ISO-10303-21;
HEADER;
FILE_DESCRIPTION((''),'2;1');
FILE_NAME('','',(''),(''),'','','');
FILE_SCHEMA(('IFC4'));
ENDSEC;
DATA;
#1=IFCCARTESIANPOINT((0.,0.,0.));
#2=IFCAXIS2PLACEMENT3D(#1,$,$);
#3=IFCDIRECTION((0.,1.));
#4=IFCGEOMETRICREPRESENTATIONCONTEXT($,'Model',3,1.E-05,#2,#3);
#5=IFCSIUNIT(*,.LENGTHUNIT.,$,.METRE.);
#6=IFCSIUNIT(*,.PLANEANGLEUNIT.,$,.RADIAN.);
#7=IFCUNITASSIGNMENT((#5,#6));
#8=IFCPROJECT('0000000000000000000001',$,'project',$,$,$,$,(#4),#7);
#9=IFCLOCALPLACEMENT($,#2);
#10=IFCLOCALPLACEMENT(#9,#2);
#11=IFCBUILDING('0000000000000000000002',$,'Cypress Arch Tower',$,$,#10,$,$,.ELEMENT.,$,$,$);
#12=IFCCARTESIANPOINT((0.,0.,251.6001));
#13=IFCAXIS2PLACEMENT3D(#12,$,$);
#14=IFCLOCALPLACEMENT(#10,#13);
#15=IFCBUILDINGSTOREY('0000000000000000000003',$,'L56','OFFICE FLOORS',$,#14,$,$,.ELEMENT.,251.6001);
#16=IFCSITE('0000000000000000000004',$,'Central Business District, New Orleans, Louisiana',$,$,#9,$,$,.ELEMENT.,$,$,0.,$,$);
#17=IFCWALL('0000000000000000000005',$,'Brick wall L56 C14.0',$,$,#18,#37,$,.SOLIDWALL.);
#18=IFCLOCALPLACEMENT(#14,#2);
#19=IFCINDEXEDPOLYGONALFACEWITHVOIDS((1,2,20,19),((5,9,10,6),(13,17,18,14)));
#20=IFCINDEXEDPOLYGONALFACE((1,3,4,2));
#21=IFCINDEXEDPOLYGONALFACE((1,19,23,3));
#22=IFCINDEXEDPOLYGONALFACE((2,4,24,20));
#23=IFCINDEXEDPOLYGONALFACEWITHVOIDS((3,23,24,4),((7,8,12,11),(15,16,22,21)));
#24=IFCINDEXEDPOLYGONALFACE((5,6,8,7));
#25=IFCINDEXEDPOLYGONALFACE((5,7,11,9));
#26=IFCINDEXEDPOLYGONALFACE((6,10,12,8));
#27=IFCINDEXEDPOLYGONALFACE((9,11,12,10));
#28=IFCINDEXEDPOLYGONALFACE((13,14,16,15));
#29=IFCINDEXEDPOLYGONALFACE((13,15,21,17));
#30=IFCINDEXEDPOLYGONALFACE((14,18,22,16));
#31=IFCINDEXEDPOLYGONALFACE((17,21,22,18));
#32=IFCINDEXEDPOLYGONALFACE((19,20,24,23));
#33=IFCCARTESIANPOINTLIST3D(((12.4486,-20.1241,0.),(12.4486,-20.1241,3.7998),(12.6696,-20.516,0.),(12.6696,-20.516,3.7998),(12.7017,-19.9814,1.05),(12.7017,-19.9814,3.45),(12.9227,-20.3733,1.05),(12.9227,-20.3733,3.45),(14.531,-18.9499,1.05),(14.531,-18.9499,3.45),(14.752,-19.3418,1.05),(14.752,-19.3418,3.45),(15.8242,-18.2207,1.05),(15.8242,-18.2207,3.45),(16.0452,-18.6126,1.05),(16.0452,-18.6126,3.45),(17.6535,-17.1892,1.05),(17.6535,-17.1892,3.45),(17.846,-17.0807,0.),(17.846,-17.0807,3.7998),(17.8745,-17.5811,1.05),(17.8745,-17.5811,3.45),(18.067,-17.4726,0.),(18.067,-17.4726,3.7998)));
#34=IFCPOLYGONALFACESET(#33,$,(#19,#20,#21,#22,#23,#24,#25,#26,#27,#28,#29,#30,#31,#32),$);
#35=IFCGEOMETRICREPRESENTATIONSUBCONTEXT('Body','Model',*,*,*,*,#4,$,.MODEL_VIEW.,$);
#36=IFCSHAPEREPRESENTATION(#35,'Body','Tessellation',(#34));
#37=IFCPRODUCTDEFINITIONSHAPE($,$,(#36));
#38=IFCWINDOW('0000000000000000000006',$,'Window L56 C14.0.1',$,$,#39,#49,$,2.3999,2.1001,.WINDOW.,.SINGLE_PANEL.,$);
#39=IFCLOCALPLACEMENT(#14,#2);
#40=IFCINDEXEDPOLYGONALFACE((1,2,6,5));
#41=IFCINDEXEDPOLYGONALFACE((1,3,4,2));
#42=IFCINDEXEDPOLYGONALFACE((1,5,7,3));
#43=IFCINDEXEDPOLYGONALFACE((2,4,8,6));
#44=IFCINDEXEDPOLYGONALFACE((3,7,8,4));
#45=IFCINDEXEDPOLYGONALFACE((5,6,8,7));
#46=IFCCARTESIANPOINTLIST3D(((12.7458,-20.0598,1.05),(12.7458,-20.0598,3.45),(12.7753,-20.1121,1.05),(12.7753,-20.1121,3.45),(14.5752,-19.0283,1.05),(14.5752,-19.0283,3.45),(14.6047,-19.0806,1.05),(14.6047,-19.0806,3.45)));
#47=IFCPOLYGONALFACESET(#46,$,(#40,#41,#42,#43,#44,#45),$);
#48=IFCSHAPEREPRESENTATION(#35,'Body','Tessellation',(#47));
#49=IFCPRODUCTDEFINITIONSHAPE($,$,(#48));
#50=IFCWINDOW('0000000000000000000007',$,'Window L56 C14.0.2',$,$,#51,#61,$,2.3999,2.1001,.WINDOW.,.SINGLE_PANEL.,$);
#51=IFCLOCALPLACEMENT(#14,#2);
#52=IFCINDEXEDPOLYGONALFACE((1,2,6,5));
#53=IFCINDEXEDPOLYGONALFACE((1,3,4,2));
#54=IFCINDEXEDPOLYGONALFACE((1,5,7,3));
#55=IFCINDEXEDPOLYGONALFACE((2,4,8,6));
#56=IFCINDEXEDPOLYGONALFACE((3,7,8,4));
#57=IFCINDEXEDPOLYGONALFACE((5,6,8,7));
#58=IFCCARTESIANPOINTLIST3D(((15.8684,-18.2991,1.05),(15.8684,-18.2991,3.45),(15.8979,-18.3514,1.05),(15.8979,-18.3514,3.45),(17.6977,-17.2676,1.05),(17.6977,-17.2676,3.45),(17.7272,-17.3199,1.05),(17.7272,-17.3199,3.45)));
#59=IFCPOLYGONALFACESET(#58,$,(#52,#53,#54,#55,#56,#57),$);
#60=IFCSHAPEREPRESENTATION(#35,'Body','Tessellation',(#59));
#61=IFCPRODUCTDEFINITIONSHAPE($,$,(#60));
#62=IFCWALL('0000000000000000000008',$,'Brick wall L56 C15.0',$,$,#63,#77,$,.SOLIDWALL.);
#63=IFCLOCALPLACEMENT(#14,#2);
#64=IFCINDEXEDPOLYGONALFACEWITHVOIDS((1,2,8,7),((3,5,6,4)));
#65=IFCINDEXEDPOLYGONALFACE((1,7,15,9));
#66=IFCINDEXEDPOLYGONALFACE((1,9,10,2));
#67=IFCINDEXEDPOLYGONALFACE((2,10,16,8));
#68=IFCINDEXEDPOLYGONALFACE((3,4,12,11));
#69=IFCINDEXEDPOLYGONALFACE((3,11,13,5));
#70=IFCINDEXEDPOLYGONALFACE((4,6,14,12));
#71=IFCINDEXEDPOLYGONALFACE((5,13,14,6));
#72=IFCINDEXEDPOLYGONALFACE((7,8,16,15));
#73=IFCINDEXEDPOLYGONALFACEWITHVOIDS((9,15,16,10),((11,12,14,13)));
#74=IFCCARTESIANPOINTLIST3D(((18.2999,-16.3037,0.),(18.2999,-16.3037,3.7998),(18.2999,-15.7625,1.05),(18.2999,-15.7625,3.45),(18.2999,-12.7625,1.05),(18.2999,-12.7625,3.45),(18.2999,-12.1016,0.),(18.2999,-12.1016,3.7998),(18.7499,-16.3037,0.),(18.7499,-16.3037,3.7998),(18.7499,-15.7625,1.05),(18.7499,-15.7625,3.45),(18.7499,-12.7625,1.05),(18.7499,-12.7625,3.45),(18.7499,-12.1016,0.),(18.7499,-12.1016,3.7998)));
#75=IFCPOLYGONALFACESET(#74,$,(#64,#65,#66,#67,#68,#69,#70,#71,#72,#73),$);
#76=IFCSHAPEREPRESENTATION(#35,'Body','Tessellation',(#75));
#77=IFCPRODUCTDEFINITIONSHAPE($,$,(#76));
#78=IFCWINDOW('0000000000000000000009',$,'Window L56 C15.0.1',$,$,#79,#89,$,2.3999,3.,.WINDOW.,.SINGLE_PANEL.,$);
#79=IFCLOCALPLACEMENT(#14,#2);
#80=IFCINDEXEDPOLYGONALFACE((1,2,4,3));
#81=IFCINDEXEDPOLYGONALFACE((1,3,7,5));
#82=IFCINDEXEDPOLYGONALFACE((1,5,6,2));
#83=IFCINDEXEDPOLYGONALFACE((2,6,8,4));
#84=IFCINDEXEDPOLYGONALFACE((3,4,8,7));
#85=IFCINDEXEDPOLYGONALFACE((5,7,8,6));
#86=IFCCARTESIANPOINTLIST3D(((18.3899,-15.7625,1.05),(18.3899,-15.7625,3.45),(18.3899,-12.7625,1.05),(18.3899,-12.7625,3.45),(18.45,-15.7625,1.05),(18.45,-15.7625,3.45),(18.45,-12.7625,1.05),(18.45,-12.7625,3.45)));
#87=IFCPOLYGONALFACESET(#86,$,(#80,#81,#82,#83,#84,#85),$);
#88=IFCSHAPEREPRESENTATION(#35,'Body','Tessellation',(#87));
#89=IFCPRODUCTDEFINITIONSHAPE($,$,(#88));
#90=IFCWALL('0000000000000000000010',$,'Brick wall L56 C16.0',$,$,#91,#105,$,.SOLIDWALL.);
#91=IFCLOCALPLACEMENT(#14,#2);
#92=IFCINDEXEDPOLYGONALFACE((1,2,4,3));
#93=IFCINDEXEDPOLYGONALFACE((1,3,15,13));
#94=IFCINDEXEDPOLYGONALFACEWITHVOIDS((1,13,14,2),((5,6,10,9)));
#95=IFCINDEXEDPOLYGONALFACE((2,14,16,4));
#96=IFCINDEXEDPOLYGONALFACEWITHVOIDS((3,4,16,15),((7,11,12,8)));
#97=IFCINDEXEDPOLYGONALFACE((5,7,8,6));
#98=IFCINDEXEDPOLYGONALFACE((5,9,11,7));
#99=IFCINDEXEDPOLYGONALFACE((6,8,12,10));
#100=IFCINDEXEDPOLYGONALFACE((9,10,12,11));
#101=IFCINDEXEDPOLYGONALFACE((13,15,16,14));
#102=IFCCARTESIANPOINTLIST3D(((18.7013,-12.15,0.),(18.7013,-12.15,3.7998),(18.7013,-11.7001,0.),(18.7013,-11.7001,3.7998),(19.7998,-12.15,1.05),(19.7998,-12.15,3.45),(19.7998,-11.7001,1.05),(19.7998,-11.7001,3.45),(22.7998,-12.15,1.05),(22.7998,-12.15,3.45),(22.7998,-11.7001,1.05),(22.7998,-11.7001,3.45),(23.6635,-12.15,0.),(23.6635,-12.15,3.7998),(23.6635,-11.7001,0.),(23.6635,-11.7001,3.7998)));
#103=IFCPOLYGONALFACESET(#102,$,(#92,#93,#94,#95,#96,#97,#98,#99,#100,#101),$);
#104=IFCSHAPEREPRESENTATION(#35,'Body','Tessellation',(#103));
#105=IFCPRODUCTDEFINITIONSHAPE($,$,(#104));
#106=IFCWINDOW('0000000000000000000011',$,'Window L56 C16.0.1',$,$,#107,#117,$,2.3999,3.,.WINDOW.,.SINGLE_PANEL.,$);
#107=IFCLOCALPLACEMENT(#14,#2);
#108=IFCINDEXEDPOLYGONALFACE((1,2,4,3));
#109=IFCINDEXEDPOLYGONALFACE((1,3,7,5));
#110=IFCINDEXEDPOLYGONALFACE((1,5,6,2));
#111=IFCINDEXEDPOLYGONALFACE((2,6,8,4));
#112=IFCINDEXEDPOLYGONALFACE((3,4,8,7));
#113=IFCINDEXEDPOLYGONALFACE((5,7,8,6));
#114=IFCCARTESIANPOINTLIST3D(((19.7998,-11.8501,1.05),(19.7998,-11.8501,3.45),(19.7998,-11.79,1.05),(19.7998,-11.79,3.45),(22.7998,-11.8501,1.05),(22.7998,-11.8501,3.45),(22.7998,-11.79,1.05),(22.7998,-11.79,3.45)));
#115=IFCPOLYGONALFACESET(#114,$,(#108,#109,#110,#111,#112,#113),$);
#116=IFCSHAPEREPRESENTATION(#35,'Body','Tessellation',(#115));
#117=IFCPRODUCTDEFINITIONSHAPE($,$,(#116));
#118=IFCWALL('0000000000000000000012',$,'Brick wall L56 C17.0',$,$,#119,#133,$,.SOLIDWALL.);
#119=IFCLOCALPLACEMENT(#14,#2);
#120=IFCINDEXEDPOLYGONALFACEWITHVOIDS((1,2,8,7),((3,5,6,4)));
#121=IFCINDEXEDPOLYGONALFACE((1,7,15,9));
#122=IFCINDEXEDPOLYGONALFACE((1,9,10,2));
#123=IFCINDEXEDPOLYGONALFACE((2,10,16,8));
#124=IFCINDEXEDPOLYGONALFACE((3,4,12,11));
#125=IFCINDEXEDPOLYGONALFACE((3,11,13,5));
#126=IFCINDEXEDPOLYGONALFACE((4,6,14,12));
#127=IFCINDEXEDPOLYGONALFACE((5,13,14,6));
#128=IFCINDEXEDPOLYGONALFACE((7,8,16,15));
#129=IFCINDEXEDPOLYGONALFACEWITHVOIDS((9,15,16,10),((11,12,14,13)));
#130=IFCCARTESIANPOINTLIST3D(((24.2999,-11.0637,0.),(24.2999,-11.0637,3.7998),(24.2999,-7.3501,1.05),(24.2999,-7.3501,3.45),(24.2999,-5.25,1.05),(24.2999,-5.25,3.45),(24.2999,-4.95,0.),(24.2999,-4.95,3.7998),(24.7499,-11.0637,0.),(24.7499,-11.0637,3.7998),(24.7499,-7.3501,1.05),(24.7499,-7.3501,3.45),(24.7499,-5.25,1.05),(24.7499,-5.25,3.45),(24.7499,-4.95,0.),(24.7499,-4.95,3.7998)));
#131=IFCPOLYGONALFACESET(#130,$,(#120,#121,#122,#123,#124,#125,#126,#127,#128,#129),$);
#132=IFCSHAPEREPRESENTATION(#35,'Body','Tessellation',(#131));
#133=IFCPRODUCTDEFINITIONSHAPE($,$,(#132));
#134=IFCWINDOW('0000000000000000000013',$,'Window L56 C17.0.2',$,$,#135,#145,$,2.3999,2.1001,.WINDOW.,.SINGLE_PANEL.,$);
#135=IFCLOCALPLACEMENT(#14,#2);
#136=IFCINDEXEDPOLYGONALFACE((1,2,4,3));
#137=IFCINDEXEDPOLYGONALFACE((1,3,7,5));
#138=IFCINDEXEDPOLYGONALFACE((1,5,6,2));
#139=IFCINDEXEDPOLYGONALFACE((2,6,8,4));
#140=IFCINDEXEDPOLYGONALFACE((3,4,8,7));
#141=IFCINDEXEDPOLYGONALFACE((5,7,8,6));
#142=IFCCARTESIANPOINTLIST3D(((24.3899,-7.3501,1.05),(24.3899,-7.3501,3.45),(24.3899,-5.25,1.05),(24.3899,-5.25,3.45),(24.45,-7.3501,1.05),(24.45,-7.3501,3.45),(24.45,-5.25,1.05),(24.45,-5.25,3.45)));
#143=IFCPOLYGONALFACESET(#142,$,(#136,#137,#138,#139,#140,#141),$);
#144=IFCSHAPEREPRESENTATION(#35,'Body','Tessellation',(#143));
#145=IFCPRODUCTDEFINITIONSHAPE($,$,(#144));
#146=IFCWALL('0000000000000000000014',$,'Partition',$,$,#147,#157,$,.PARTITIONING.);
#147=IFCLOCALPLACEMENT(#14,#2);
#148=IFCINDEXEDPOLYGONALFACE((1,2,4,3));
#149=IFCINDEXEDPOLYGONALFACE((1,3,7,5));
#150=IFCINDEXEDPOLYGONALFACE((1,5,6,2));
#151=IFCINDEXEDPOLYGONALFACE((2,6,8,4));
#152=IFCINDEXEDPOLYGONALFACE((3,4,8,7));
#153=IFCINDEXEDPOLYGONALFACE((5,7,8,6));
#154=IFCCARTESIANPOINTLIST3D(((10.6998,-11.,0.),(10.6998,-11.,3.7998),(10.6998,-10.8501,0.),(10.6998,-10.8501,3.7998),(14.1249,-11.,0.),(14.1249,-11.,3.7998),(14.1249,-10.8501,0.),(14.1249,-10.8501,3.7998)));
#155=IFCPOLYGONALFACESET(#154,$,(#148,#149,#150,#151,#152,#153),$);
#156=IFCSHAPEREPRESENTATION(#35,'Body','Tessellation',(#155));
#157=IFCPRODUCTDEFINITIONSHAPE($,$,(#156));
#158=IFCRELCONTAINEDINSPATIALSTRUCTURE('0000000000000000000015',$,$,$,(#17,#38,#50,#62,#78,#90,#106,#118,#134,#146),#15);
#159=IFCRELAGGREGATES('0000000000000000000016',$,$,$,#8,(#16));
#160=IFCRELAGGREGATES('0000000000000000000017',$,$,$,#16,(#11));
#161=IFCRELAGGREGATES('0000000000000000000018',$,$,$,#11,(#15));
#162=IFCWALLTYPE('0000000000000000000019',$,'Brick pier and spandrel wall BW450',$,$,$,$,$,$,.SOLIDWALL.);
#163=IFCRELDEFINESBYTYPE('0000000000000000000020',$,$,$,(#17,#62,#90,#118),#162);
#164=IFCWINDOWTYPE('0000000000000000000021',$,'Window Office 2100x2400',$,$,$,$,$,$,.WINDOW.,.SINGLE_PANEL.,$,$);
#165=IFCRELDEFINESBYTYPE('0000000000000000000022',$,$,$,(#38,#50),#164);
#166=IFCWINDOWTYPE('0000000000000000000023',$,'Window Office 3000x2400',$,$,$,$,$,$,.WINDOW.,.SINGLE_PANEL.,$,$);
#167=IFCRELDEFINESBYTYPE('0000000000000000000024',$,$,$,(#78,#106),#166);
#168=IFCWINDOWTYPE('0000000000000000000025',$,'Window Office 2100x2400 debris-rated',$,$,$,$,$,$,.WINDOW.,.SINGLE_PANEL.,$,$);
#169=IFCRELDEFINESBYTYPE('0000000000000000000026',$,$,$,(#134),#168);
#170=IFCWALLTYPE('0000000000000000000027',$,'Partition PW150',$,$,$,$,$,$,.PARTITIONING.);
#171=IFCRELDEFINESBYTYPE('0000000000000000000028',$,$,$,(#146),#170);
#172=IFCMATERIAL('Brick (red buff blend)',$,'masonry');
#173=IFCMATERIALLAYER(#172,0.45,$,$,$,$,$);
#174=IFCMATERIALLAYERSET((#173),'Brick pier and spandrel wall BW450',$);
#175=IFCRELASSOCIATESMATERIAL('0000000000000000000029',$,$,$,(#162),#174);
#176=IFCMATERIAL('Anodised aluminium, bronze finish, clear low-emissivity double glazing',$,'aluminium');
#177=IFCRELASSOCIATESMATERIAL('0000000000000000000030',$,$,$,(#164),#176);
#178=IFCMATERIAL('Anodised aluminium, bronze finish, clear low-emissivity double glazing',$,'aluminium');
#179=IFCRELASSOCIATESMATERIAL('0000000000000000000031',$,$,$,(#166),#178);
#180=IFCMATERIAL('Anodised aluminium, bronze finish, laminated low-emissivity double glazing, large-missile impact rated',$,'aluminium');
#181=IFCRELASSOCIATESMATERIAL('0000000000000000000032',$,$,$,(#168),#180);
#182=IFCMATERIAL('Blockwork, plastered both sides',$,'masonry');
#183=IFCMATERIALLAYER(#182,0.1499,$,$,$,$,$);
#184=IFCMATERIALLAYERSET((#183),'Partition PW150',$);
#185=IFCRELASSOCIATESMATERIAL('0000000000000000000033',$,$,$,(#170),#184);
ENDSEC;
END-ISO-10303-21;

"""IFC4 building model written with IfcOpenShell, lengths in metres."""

from ifc_helpers import new_model, si_unit, direction, frame, frame_2d, origin, place, context, subcontext, project, spatial, rectangle, extrude, material, layer, layer_set, type_object, element, fill, save


model = new_model("IFC4")

# Units and contexts
model_context = context("Model", 3, precision=1e-05, world=origin(), true_north=direction((0.0, 1.0)))
body_context = subcontext(model_context, "Body", "Model", "MODEL_VIEW")
ifc_project = project(units=[si_unit("LENGTHUNIT", "METRE"), si_unit("PLANEANGLEUNIT", "RADIAN")], contexts=[model_context])

# Site, building, storey
site_placement = place(None, origin())
site = spatial("IfcSite", under=ifc_project, at=site_placement, Name="Central Business District, New Orleans, Louisiana", CompositionType="ELEMENT", RefElevation=0.0)
building_placement = place(site_placement, origin())
building = spatial("IfcBuilding", under=site, at=building_placement, Name="Cypress Arch Tower", CompositionType="ELEMENT")
storey_placement = place(building_placement, frame((0.0, 0.0, 251.6001)))
storey = spatial("IfcBuildingStorey", under=building, at=storey_placement, Name="L56", Description="OFFICE FLOORS", CompositionType="ELEMENT", Elevation=251.6001)

# Wall, openings, windows
ifc_material_1 = material(Name="Brick (red buff blend)", Category="masonry")
ifc_layer_1 = layer(ifc_material_1, 0.45)
ifc_layer_set_1 = layer_set([ifc_layer_1], Name="Brick pier and spandrel wall BW450")
wall_type_1 = type_object("IfcWallType", Name="Brick pier and spandrel wall BW450", PredefinedType="SOLIDWALL", material=ifc_layer_set_1)
wall_1_placement = place(storey_placement, frame((12.5591, -20.3201, 0.0), z_axis=(0.0, 0.0, 1.0), x_axis=(0.871066, 0.491166, 0.0)))
wall_1 = element("IfcWall", 1, at=wall_1_placement, inside=storey, type_object=wall_type_1, Name="Brick wall L56 C14.0", PredefinedType="SOLIDWALL", context=body_context, shape_type="SweptSolid", body=[
    extrude(rectangle(XDim=6.1963, YDim=0.45, at=frame_2d((3.0981, 0.0))), origin(), (0.0, 0.0, 1.0), 3.7998),
])
opening_1_placement = place(wall_1_placement, frame((0.2905, 0.0, 1.05)))
opening_1 = element("IfcOpeningElement", 2, at=opening_1_placement, cuts=wall_1, PredefinedType="OPENING", context=body_context, shape_type="SweptSolid", body=[
    extrude(rectangle(XDim=2.1001, YDim=2.3999, at=frame_2d((1.05, 1.2))), frame((0.0, 0.2349, 0.0), z_axis=(0.0, -1.0, 0.0), x_axis=(1.0, 0.0, 0.0)), (0.0, 0.0, 1.0), 0.47),
])
opening_2_placement = place(wall_1_placement, frame((3.8752, 0.0, 1.05)))
opening_2 = element("IfcOpeningElement", 3, at=opening_2_placement, cuts=wall_1, PredefinedType="OPENING", context=body_context, shape_type="SweptSolid", body=[
    extrude(rectangle(XDim=2.1001, YDim=2.3999, at=frame_2d((1.05, 1.2))), frame((0.0, 0.2349, 0.0), z_axis=(0.0, -1.0, 0.0), x_axis=(1.0, 0.0, 0.0)), (0.0, 0.0, 1.0), 0.47),
])
ifc_material_2 = material(Name="Anodised aluminium, bronze finish, clear low-emissivity double glazing", Category="aluminium")
window_type_1 = type_object("IfcWindowType", Name="Window Office 2100x2400", PartitioningType="SINGLE_PANEL", PredefinedType="WINDOW", material=ifc_material_2)
window_1_placement = place(opening_1_placement, origin())
window_1 = element("IfcWindow", 4, at=window_1_placement, inside=storey, type_object=window_type_1, Name="Window L56 C14.0.1", OverallHeight=2.3999, OverallWidth=2.1001, PartitioningType="SINGLE_PANEL", PredefinedType="WINDOW", context=body_context, shape_type="SweptSolid", body=[
    extrude(rectangle(XDim=2.1001, YDim=2.3999, at=frame_2d((1.05, 1.2))), frame((0.0, 0.135, 0.0), z_axis=(0.0, -1.0, 0.0), x_axis=(1.0, 0.0, 0.0)), (0.0, 0.0, 1.0), 0.0601),
])
fill(opening_1, window_1)
window_2_placement = place(opening_2_placement, origin())
window_2 = element("IfcWindow", 5, at=window_2_placement, inside=storey, type_object=window_type_1, Name="Window L56 C14.0.2", OverallHeight=2.3999, OverallWidth=2.1001, PartitioningType="SINGLE_PANEL", PredefinedType="WINDOW", context=body_context, shape_type="SweptSolid", body=[
    extrude(rectangle(XDim=2.1001, YDim=2.3999, at=frame_2d((1.05, 1.2))), frame((0.0, 0.135, 0.0), z_axis=(0.0, -1.0, 0.0), x_axis=(1.0, 0.0, 0.0)), (0.0, 0.0, 1.0), 0.0601),
])
fill(opening_2, window_2)

# Walls, openings, windows
wall_2_placement = place(storey_placement, frame((18.5249, -16.3037, 0.0), z_axis=(0.0, 0.0, 1.0), x_axis=(0.0, 1.0, 0.0)))
wall_2 = element("IfcWall", 6, at=wall_2_placement, inside=storey, type_object=wall_type_1, Name="Brick wall L56 C15.0", PredefinedType="SOLIDWALL", context=body_context, shape_type="SweptSolid", body=[
    extrude(rectangle(XDim=4.2021, YDim=0.45, at=frame_2d((2.1011, 0.0))), origin(), (0.0, 0.0, 1.0), 3.7998),
])
opening_3_placement = place(wall_2_placement, frame((0.5413, 0.0, 1.05)))
opening_3 = element("IfcOpeningElement", 7, at=opening_3_placement, cuts=wall_2, PredefinedType="OPENING", context=body_context, shape_type="SweptSolid", body=[
    extrude(rectangle(XDim=3.0, YDim=2.3999, at=frame_2d((1.5, 1.2))), frame((0.0, 0.2349, 0.0), z_axis=(0.0, -1.0, 0.0), x_axis=(1.0, 0.0, 0.0)), (0.0, 0.0, 1.0), 0.47),
])
ifc_material_3 = material(Name="Anodised aluminium, bronze finish, clear low-emissivity double glazing", Category="aluminium")
window_type_2 = type_object("IfcWindowType", Name="Window Office 3000x2400", PartitioningType="SINGLE_PANEL", PredefinedType="WINDOW", material=ifc_material_3)
window_3_placement = place(opening_3_placement, origin())
window_3 = element("IfcWindow", 8, at=window_3_placement, inside=storey, type_object=window_type_2, Name="Window L56 C15.0.1", OverallHeight=2.3999, OverallWidth=3.0, PartitioningType="SINGLE_PANEL", PredefinedType="WINDOW", context=body_context, shape_type="SweptSolid", body=[
    extrude(rectangle(XDim=3.0, YDim=2.3999, at=frame_2d((1.5, 1.2))), frame((0.0, 0.135, 0.0), z_axis=(0.0, -1.0, 0.0), x_axis=(1.0, 0.0, 0.0)), (0.0, 0.0, 1.0), 0.0601),
])
fill(opening_3, window_3)
wall_3_placement = place(storey_placement, frame((18.7014, -11.925, 0.0), z_axis=(0.0, 0.0, 1.0), x_axis=(1.0, 0.0, 0.0)))
wall_3 = element("IfcWall", 9, at=wall_3_placement, inside=storey, type_object=wall_type_1, Name="Brick wall L56 C16.0", PredefinedType="SOLIDWALL", context=body_context, shape_type="SweptSolid", body=[
    extrude(rectangle(XDim=4.9622, YDim=0.45, at=frame_2d((2.481, 0.0))), origin(), (0.0, 0.0, 1.0), 3.7998),
])
opening_4_placement = place(wall_3_placement, frame((1.0984, 0.0, 1.05)))
opening_4 = element("IfcOpeningElement", 10, at=opening_4_placement, cuts=wall_3, PredefinedType="OPENING", context=body_context, shape_type="SweptSolid", body=[
    extrude(rectangle(XDim=3.0, YDim=2.3999, at=frame_2d((1.5, 1.2))), frame((0.0, 0.2349, 0.0), z_axis=(0.0, -1.0, 0.0), x_axis=(1.0, 0.0, 0.0)), (0.0, 0.0, 1.0), 0.47),
])
window_4_placement = place(opening_4_placement, origin())
window_4 = element("IfcWindow", 11, at=window_4_placement, inside=storey, type_object=window_type_2, Name="Window L56 C16.0.1", OverallHeight=2.3999, OverallWidth=3.0, PartitioningType="SINGLE_PANEL", PredefinedType="WINDOW", context=body_context, shape_type="SweptSolid", body=[
    extrude(rectangle(XDim=3.0, YDim=2.3999, at=frame_2d((1.5, 1.2))), frame((0.0, 0.135, 0.0), z_axis=(0.0, -1.0, 0.0), x_axis=(1.0, 0.0, 0.0)), (0.0, 0.0, 1.0), 0.0601),
])
fill(opening_4, window_4)
wall_4_placement = place(storey_placement, frame((24.5249, -11.0637, 0.0), z_axis=(0.0, 0.0, 1.0), x_axis=(0.0, 1.0, 0.0)))
wall_4 = element("IfcWall", 12, at=wall_4_placement, inside=storey, type_object=wall_type_1, Name="Brick wall L56 C17.0", PredefinedType="SOLIDWALL", context=body_context, shape_type="SweptSolid", body=[
    extrude(rectangle(XDim=6.1138, YDim=0.45, at=frame_2d((3.0569, 0.0))), origin(), (0.0, 0.0, 1.0), 3.7998),
])
opening_5_placement = place(wall_4_placement, frame((3.7136, 0.0, 1.05)))
opening_5 = element("IfcOpeningElement", 13, at=opening_5_placement, cuts=wall_4, PredefinedType="OPENING", context=body_context, shape_type="SweptSolid", body=[
    extrude(rectangle(XDim=2.1001, YDim=2.3999, at=frame_2d((1.05, 1.2))), frame((0.0, 0.2349, 0.0), z_axis=(0.0, -1.0, 0.0), x_axis=(1.0, 0.0, 0.0)), (0.0, 0.0, 1.0), 0.47),
])
ifc_material_4 = material(Name="Anodised aluminium, bronze finish, laminated low-emissivity double glazing, large-missile impact rated", Category="aluminium")
window_type_3 = type_object("IfcWindowType", Name="Window Office 2100x2400 debris-rated", PartitioningType="SINGLE_PANEL", PredefinedType="WINDOW", material=ifc_material_4)
window_5_placement = place(opening_5_placement, origin())
window_5 = element("IfcWindow", 14, at=window_5_placement, inside=storey, type_object=window_type_3, Name="Window L56 C17.0.2", OverallHeight=2.3999, OverallWidth=2.1001, PartitioningType="SINGLE_PANEL", PredefinedType="WINDOW", context=body_context, shape_type="SweptSolid", body=[
    extrude(rectangle(XDim=2.1001, YDim=2.3999, at=frame_2d((1.05, 1.2))), frame((0.0, 0.135, 0.0), z_axis=(0.0, -1.0, 0.0), x_axis=(1.0, 0.0, 0.0)), (0.0, 0.0, 1.0), 0.0601),
])
fill(opening_5, window_5)

# Wall
ifc_material_5 = material(Name="Blockwork, plastered both sides", Category="masonry")
ifc_layer_2 = layer(ifc_material_5, 0.1499)
ifc_layer_set_2 = layer_set([ifc_layer_2], Name="Partition PW150")
wall_type_2 = type_object("IfcWallType", Name="Partition PW150", PredefinedType="PARTITIONING", material=ifc_layer_set_2)
wall_5_placement = place(storey_placement, frame((10.7, -10.925, 0.0), z_axis=(0.0, 0.0, 1.0), x_axis=(1.0, 0.0, 0.0)))
element("IfcWall", 15, at=wall_5_placement, inside=storey, type_object=wall_type_2, Name="Partition", PredefinedType="PARTITIONING", context=body_context, shape_type="SweptSolid", body=[
    extrude(rectangle(XDim=3.425, YDim=0.1499, at=frame_2d((1.7124, 0.0))), origin(), (0.0, 0.0, 1.0), 3.7998),
])

save(model, "model.ifc")
